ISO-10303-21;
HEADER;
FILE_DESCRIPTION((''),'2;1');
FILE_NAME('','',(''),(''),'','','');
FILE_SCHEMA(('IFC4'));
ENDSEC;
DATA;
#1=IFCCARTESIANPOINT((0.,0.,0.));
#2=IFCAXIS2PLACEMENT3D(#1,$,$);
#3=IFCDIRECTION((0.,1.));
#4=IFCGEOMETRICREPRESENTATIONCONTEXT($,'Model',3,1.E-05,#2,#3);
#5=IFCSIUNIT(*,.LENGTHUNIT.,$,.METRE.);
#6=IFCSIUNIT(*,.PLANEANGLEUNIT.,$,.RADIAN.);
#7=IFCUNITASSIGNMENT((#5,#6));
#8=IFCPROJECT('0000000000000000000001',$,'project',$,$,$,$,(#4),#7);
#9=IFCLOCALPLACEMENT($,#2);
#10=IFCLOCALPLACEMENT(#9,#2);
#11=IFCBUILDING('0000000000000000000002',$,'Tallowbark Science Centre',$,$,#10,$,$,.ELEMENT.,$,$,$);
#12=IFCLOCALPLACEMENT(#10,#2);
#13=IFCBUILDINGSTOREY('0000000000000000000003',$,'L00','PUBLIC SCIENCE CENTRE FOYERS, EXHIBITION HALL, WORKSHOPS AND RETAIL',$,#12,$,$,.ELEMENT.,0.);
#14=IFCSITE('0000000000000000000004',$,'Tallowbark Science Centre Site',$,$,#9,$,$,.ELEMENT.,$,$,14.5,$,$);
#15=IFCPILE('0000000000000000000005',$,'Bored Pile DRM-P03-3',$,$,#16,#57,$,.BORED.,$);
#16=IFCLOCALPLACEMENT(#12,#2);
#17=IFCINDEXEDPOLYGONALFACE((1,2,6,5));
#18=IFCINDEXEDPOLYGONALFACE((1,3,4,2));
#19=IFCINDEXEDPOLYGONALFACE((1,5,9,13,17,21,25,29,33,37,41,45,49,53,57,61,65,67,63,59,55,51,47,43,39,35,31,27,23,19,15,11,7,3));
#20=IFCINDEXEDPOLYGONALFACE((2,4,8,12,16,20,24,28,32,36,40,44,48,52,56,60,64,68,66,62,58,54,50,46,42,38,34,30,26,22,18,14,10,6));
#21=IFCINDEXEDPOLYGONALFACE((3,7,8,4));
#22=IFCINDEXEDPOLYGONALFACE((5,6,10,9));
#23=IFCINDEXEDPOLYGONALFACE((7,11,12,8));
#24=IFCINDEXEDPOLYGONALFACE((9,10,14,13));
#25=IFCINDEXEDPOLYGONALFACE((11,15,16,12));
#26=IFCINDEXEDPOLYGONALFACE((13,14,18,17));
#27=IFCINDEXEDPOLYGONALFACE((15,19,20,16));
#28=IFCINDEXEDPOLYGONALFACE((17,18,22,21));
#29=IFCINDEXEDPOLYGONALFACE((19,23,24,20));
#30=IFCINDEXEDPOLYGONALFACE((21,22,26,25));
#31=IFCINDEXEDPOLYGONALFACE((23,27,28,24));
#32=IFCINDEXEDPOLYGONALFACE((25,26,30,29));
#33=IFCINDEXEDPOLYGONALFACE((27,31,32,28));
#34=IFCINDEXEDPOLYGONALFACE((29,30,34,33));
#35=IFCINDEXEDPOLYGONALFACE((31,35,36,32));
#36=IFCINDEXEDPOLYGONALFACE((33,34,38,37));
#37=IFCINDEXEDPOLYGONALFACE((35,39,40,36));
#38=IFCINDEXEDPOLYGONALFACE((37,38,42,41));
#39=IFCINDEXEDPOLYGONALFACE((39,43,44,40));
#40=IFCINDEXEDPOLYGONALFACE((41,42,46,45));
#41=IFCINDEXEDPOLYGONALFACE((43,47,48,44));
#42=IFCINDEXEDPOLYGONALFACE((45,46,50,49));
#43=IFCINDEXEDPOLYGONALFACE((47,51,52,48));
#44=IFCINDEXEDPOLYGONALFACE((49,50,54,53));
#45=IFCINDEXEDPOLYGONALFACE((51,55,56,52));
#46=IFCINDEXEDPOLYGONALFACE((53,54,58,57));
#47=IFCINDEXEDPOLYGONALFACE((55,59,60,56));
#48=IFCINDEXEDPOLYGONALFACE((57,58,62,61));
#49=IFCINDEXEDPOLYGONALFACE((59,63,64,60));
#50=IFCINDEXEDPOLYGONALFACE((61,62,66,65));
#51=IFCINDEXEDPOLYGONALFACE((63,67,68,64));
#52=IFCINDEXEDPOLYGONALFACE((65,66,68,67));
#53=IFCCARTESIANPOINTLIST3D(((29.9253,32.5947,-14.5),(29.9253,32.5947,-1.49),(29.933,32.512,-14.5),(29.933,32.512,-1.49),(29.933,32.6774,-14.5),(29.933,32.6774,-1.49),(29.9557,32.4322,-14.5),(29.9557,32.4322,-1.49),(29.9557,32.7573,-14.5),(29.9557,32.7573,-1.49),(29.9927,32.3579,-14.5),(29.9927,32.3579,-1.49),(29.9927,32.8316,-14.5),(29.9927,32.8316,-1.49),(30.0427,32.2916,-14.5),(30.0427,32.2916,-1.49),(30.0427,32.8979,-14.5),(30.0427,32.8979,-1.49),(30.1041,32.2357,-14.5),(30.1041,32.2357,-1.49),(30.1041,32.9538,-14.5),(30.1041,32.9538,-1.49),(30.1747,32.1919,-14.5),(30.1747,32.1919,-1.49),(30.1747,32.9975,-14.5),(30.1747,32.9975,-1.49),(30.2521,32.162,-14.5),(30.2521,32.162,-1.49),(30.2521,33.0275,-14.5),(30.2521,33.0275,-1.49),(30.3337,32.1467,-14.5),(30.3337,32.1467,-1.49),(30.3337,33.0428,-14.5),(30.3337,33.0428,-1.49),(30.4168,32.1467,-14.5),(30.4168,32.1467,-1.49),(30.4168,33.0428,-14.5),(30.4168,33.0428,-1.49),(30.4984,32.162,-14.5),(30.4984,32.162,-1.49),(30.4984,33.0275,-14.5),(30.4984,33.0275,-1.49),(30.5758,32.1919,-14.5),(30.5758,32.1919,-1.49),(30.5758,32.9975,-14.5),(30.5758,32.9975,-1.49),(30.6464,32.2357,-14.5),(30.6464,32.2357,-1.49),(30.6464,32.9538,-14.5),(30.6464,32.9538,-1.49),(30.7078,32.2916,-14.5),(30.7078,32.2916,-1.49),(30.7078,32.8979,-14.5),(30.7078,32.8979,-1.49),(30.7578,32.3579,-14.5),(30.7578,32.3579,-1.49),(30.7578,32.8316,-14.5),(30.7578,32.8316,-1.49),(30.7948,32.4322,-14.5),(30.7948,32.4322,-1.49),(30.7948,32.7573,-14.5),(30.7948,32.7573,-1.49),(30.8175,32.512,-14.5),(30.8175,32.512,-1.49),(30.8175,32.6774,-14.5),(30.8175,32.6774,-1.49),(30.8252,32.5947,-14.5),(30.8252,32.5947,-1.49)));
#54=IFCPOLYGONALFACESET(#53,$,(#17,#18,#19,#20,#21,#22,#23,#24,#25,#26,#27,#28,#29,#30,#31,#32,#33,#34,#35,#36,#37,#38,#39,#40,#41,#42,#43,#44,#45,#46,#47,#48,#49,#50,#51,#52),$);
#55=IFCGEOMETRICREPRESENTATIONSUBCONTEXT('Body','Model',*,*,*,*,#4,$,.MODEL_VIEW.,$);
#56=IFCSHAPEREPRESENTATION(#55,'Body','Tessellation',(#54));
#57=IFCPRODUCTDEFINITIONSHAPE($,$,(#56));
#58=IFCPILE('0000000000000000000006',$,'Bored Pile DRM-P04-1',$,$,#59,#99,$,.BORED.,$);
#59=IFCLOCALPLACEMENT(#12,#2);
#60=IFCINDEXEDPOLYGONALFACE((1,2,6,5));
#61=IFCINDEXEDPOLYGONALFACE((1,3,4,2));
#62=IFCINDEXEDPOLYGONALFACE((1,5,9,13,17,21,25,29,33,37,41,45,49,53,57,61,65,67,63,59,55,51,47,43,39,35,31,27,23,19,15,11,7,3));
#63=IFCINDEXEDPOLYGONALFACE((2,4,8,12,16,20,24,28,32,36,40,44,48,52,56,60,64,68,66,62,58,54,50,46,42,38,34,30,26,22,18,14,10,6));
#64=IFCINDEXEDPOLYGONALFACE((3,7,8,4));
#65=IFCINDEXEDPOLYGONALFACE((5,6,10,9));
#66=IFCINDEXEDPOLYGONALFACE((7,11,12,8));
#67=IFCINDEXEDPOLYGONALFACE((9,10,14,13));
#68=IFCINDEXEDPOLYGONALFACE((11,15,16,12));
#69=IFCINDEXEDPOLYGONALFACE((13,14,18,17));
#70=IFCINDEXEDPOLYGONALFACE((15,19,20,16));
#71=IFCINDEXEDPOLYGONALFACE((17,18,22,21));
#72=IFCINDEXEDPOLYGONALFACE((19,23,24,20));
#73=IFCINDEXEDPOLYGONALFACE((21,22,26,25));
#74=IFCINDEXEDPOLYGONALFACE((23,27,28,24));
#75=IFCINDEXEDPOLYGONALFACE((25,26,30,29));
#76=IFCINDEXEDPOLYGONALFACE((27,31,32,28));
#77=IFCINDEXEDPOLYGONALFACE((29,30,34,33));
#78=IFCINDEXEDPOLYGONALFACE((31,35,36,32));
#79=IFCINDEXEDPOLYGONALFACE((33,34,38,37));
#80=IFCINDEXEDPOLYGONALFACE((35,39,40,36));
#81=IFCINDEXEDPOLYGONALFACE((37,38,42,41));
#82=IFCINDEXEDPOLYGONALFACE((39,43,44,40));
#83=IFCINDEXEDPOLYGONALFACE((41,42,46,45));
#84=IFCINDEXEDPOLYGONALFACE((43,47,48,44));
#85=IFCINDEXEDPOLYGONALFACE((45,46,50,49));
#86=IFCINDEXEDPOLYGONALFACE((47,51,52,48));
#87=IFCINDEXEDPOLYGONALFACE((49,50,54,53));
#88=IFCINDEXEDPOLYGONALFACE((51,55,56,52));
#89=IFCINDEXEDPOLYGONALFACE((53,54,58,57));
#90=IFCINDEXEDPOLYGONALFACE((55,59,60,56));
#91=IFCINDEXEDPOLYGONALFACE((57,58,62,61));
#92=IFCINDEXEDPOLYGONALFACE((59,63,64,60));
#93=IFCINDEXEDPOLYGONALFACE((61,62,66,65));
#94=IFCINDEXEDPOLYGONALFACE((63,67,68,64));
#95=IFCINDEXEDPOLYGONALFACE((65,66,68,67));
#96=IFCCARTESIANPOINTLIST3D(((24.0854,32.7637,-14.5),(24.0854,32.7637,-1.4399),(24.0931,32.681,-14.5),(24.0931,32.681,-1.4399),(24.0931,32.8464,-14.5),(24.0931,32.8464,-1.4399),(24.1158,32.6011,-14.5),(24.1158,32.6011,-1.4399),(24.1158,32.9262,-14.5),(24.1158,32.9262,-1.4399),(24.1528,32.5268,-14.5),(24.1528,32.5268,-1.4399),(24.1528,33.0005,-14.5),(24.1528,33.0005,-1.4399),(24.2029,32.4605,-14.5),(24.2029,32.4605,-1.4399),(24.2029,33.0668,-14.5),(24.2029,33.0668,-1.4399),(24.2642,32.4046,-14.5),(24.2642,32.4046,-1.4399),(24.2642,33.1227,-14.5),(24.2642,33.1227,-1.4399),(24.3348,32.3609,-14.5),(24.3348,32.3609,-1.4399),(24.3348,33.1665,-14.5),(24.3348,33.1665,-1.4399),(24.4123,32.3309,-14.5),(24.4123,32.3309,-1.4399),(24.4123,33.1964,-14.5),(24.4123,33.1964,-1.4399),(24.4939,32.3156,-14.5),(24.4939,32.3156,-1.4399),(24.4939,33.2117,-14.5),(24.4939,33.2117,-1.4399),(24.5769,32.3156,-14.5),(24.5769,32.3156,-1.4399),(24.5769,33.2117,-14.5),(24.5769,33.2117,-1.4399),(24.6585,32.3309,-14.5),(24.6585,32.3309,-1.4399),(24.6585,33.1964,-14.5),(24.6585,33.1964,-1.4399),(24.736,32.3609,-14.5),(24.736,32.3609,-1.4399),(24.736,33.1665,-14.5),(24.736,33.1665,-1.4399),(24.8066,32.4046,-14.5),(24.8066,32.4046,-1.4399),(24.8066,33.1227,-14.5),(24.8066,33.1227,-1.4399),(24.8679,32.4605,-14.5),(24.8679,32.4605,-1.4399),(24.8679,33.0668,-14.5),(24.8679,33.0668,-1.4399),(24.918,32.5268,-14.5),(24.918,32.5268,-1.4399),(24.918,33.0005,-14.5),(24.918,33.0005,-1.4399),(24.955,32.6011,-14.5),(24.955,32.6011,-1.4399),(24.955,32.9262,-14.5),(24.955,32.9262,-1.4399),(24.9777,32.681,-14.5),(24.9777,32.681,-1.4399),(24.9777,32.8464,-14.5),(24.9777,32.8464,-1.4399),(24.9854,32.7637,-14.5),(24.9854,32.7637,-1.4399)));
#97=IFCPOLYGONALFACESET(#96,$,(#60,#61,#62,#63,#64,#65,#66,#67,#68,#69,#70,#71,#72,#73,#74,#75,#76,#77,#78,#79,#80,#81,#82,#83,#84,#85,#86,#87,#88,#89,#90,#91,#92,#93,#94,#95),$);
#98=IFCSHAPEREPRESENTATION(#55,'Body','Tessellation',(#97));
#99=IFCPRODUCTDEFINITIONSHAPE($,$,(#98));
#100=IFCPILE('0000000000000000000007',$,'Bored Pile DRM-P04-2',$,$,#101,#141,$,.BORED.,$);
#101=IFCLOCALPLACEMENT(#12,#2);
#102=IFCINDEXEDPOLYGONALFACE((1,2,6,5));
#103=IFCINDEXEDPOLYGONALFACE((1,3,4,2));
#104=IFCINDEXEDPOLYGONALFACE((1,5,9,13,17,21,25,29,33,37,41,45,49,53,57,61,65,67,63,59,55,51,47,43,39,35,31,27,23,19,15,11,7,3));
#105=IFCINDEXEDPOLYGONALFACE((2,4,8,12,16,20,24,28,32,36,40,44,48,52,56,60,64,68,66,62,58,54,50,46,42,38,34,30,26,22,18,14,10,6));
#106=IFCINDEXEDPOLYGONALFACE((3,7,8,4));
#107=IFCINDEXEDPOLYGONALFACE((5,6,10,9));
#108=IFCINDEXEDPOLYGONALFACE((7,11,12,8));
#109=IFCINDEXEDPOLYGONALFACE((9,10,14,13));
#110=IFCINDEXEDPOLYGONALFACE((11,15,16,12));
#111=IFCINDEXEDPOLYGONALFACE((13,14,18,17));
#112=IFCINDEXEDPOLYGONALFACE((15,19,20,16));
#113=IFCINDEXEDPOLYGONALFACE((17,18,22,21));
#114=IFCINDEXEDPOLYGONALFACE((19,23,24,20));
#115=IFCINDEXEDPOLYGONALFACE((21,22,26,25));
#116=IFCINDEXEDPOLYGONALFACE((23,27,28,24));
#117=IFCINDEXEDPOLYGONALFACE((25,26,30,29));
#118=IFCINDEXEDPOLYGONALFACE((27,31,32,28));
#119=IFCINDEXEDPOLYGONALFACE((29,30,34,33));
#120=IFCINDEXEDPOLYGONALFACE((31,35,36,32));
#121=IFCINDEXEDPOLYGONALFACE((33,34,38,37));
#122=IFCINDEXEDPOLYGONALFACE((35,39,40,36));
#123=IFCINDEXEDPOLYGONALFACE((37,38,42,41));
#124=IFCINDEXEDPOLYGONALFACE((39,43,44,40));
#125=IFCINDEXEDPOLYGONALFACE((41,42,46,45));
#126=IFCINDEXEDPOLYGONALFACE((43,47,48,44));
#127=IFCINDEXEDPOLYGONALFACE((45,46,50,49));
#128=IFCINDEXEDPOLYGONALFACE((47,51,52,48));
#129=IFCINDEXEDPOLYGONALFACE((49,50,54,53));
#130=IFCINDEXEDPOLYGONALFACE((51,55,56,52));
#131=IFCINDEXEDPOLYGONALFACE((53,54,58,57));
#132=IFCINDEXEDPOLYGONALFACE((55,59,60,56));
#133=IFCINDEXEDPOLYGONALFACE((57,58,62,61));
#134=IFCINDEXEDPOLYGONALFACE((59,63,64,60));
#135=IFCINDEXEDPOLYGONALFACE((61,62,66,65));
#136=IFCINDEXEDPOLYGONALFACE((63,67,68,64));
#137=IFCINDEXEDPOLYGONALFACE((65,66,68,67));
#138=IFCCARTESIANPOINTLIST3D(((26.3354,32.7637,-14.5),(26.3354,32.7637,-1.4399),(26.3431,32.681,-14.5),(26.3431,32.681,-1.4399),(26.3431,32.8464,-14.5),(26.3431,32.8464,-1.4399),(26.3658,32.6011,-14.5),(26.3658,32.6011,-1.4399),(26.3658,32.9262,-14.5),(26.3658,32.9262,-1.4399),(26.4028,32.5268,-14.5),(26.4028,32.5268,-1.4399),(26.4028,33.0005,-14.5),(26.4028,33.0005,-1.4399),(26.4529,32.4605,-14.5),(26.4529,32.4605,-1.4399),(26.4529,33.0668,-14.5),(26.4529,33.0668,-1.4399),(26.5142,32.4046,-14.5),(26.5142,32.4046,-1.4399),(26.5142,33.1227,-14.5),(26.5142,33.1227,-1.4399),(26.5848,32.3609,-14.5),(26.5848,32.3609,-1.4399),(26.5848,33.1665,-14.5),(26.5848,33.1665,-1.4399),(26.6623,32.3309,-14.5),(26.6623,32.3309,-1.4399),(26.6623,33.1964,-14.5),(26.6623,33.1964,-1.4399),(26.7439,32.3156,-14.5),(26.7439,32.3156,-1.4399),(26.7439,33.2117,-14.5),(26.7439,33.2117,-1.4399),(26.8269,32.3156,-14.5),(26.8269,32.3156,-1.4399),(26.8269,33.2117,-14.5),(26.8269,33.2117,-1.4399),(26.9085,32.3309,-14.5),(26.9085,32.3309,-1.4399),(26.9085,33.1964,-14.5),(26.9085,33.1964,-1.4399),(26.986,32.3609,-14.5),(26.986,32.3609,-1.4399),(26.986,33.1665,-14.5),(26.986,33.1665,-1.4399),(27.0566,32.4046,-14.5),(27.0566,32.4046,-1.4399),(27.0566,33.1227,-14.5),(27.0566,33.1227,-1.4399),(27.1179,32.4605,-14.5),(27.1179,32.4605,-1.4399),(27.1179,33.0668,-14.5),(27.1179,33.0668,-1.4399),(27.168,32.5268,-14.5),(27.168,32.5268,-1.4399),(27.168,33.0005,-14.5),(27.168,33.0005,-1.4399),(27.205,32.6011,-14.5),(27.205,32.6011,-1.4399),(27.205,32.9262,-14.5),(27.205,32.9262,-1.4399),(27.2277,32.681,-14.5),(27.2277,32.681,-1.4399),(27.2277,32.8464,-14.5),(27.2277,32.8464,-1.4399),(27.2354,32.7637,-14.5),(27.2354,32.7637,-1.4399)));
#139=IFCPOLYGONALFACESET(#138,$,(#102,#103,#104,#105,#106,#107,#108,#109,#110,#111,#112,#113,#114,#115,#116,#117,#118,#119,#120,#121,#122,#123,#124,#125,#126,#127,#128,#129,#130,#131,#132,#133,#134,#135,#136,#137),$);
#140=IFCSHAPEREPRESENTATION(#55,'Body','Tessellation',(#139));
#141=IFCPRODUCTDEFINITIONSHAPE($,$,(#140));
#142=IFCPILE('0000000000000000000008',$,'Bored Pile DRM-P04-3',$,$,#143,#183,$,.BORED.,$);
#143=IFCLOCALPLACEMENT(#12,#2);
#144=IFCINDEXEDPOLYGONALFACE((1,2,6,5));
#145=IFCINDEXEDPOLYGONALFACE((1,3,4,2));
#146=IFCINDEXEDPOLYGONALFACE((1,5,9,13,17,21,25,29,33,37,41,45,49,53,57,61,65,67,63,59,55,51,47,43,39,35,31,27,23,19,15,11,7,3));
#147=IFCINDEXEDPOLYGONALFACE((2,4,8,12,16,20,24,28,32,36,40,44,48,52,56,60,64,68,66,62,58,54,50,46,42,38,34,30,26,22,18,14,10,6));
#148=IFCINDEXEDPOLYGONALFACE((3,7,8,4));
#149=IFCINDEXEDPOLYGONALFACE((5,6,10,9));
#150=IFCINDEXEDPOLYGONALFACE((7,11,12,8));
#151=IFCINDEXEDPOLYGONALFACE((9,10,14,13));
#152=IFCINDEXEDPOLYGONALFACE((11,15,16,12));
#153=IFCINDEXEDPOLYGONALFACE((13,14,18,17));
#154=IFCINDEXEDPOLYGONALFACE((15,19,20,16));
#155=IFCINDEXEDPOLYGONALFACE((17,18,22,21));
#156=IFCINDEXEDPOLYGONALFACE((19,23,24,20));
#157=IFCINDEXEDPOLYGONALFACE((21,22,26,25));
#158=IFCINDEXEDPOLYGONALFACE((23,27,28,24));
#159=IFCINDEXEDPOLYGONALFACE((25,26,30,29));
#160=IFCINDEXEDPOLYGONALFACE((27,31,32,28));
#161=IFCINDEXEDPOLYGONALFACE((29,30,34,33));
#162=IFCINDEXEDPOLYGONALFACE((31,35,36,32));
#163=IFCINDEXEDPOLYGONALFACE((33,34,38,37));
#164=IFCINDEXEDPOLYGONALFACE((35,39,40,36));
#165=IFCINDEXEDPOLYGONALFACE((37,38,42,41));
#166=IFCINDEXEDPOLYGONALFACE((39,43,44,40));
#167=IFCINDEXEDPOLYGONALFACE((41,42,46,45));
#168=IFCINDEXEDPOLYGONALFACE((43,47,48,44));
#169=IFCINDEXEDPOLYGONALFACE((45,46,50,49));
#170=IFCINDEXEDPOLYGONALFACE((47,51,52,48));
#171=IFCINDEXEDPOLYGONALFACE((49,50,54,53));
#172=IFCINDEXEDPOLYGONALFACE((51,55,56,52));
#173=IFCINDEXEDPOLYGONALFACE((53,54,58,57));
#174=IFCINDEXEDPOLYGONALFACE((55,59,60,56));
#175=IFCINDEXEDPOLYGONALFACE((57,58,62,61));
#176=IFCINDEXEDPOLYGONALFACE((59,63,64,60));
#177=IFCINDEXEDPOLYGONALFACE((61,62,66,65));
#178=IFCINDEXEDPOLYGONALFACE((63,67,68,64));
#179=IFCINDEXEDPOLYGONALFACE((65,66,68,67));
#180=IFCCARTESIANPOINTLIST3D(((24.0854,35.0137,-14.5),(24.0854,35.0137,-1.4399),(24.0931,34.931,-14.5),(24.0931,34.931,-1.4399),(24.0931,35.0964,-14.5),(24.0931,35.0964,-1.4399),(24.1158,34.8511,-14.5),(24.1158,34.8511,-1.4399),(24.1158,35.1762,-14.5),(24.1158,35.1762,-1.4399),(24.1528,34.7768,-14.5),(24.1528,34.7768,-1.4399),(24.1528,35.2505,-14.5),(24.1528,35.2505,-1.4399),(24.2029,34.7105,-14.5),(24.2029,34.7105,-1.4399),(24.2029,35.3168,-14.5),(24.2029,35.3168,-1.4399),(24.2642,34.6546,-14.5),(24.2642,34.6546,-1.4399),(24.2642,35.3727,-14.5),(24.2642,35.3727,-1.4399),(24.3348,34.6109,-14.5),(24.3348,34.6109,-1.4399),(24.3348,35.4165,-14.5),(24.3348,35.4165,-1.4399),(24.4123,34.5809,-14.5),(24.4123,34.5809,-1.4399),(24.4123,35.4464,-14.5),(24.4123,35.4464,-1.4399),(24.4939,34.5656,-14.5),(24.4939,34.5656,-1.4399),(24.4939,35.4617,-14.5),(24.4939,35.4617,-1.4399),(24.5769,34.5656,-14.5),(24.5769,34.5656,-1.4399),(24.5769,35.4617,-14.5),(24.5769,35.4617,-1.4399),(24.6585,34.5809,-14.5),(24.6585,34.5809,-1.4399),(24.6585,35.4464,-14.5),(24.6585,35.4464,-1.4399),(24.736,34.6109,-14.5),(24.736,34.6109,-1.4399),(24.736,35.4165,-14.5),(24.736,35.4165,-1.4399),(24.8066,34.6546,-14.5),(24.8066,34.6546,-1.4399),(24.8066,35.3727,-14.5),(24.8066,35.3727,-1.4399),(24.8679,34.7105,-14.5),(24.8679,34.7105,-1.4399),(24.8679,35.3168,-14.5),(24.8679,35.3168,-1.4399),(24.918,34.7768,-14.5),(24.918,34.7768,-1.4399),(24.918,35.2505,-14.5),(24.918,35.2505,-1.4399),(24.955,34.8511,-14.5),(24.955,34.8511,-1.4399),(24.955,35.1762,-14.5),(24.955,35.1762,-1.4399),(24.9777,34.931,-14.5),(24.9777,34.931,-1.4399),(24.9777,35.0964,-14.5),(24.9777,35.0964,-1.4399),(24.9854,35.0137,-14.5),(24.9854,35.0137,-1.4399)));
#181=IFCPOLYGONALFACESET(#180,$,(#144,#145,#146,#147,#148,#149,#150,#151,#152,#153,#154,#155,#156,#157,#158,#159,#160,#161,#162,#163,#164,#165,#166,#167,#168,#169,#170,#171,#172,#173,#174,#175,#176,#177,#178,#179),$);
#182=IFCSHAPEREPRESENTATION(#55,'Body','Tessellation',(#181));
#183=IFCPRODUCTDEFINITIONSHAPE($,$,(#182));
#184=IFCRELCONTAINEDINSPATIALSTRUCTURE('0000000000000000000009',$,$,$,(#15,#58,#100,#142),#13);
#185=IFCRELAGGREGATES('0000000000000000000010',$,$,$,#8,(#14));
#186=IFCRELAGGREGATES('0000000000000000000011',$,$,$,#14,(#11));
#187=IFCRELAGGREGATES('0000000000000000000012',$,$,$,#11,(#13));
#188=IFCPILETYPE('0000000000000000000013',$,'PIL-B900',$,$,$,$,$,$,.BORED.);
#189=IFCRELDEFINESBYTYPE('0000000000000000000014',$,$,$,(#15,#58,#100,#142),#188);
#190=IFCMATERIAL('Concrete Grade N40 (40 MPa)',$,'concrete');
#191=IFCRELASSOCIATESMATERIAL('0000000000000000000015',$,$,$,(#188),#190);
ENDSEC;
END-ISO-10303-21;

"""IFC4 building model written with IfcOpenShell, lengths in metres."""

from ifc_helpers import new_model, si_unit, direction, frame, origin, origin_2d, place, context, subcontext, project, spatial, circle, extrude, material, material_profile, profile_set, type_object, element, save


model = new_model("IFC4")

# Units and contexts
model_context = context("Model", 3, precision=1e-05, world=origin(), true_north=direction((0.0, 1.0)))
body_context = subcontext(model_context, "Body", "Model", "MODEL_VIEW")
ifc_project = project(units=[si_unit("LENGTHUNIT", "METRE"), si_unit("PLANEANGLEUNIT", "RADIAN")], contexts=[model_context])

# Site, building, storey
site_placement = place(None, origin())
site = spatial("IfcSite", under=ifc_project, at=site_placement, Name="Tallowbark Science Centre Site", CompositionType="ELEMENT", RefElevation=14.5)
building_placement = place(site_placement, origin())
building = spatial("IfcBuilding", under=site, at=building_placement, Name="Tallowbark Science Centre", CompositionType="ELEMENT")
storey_placement = place(building_placement, origin())
storey = spatial("IfcBuildingStorey", under=building, at=storey_placement, Name="L00", Description="PUBLIC SCIENCE CENTRE FOYERS, EXHIBITION HALL, WORKSHOPS AND RETAIL", CompositionType="ELEMENT", Elevation=0.0)

# Shared definitions
ifc_material_1 = material(Name="Concrete Grade N40 (40 MPa)", Category="concrete")

# Piles
ifc_material_profile_1 = material_profile(ifc_material_1, circle(Radius=0.45, at=origin_2d()), Name="PILE900")
ifc_profile_set_1 = profile_set([ifc_material_profile_1], Name="Concrete Grade N40 (40 MPa)")
pile_type_1 = type_object("IfcPileType", Name="PIL-B900", PredefinedType="BORED", material=ifc_profile_set_1)
for number, where, z_axis, x_axis, name in (
    (1, (30.3752, 32.5947, -1.49), (0.0, 0.0, -1.0), (1.0, 0.0, 0.0), "Bored Pile DRM-P03-3"),
):
    element("IfcPile", number, at=place(storey_placement, frame(where, z_axis=z_axis, x_axis=x_axis)), inside=storey, type_object=pile_type_1, Name=name, PredefinedType="BORED", context=body_context, shape_type="SweptSolid", body=[
        extrude(circle(Radius=0.45, at=origin_2d()), origin(), (0.0, 0.0, 1.0), 13.01),
    ])
for number, where, z_axis, x_axis, name in (
    (2, (24.5354, 32.7637, -1.4399), (0.0, 0.0, -1.0), (1.0, 0.0, 0.0), "Bored Pile DRM-P04-1"),
    (3, (26.7854, 32.7637, -1.4399), (0.0, 0.0, -1.0), (1.0, 0.0, 0.0), "Bored Pile DRM-P04-2"),
    (4, (24.5354, 35.0137, -1.4399), (0.0, 0.0, -1.0), (1.0, 0.0, 0.0), "Bored Pile DRM-P04-3"),
):
    element("IfcPile", number, at=place(storey_placement, frame(where, z_axis=z_axis, x_axis=x_axis)), inside=storey, type_object=pile_type_1, Name=name, PredefinedType="BORED", context=body_context, shape_type="SweptSolid", body=[
        extrude(circle(Radius=0.45, at=origin_2d()), origin(), (0.0, 0.0, 1.0), 13.0601),
    ])

save(model, "model.ifc")
